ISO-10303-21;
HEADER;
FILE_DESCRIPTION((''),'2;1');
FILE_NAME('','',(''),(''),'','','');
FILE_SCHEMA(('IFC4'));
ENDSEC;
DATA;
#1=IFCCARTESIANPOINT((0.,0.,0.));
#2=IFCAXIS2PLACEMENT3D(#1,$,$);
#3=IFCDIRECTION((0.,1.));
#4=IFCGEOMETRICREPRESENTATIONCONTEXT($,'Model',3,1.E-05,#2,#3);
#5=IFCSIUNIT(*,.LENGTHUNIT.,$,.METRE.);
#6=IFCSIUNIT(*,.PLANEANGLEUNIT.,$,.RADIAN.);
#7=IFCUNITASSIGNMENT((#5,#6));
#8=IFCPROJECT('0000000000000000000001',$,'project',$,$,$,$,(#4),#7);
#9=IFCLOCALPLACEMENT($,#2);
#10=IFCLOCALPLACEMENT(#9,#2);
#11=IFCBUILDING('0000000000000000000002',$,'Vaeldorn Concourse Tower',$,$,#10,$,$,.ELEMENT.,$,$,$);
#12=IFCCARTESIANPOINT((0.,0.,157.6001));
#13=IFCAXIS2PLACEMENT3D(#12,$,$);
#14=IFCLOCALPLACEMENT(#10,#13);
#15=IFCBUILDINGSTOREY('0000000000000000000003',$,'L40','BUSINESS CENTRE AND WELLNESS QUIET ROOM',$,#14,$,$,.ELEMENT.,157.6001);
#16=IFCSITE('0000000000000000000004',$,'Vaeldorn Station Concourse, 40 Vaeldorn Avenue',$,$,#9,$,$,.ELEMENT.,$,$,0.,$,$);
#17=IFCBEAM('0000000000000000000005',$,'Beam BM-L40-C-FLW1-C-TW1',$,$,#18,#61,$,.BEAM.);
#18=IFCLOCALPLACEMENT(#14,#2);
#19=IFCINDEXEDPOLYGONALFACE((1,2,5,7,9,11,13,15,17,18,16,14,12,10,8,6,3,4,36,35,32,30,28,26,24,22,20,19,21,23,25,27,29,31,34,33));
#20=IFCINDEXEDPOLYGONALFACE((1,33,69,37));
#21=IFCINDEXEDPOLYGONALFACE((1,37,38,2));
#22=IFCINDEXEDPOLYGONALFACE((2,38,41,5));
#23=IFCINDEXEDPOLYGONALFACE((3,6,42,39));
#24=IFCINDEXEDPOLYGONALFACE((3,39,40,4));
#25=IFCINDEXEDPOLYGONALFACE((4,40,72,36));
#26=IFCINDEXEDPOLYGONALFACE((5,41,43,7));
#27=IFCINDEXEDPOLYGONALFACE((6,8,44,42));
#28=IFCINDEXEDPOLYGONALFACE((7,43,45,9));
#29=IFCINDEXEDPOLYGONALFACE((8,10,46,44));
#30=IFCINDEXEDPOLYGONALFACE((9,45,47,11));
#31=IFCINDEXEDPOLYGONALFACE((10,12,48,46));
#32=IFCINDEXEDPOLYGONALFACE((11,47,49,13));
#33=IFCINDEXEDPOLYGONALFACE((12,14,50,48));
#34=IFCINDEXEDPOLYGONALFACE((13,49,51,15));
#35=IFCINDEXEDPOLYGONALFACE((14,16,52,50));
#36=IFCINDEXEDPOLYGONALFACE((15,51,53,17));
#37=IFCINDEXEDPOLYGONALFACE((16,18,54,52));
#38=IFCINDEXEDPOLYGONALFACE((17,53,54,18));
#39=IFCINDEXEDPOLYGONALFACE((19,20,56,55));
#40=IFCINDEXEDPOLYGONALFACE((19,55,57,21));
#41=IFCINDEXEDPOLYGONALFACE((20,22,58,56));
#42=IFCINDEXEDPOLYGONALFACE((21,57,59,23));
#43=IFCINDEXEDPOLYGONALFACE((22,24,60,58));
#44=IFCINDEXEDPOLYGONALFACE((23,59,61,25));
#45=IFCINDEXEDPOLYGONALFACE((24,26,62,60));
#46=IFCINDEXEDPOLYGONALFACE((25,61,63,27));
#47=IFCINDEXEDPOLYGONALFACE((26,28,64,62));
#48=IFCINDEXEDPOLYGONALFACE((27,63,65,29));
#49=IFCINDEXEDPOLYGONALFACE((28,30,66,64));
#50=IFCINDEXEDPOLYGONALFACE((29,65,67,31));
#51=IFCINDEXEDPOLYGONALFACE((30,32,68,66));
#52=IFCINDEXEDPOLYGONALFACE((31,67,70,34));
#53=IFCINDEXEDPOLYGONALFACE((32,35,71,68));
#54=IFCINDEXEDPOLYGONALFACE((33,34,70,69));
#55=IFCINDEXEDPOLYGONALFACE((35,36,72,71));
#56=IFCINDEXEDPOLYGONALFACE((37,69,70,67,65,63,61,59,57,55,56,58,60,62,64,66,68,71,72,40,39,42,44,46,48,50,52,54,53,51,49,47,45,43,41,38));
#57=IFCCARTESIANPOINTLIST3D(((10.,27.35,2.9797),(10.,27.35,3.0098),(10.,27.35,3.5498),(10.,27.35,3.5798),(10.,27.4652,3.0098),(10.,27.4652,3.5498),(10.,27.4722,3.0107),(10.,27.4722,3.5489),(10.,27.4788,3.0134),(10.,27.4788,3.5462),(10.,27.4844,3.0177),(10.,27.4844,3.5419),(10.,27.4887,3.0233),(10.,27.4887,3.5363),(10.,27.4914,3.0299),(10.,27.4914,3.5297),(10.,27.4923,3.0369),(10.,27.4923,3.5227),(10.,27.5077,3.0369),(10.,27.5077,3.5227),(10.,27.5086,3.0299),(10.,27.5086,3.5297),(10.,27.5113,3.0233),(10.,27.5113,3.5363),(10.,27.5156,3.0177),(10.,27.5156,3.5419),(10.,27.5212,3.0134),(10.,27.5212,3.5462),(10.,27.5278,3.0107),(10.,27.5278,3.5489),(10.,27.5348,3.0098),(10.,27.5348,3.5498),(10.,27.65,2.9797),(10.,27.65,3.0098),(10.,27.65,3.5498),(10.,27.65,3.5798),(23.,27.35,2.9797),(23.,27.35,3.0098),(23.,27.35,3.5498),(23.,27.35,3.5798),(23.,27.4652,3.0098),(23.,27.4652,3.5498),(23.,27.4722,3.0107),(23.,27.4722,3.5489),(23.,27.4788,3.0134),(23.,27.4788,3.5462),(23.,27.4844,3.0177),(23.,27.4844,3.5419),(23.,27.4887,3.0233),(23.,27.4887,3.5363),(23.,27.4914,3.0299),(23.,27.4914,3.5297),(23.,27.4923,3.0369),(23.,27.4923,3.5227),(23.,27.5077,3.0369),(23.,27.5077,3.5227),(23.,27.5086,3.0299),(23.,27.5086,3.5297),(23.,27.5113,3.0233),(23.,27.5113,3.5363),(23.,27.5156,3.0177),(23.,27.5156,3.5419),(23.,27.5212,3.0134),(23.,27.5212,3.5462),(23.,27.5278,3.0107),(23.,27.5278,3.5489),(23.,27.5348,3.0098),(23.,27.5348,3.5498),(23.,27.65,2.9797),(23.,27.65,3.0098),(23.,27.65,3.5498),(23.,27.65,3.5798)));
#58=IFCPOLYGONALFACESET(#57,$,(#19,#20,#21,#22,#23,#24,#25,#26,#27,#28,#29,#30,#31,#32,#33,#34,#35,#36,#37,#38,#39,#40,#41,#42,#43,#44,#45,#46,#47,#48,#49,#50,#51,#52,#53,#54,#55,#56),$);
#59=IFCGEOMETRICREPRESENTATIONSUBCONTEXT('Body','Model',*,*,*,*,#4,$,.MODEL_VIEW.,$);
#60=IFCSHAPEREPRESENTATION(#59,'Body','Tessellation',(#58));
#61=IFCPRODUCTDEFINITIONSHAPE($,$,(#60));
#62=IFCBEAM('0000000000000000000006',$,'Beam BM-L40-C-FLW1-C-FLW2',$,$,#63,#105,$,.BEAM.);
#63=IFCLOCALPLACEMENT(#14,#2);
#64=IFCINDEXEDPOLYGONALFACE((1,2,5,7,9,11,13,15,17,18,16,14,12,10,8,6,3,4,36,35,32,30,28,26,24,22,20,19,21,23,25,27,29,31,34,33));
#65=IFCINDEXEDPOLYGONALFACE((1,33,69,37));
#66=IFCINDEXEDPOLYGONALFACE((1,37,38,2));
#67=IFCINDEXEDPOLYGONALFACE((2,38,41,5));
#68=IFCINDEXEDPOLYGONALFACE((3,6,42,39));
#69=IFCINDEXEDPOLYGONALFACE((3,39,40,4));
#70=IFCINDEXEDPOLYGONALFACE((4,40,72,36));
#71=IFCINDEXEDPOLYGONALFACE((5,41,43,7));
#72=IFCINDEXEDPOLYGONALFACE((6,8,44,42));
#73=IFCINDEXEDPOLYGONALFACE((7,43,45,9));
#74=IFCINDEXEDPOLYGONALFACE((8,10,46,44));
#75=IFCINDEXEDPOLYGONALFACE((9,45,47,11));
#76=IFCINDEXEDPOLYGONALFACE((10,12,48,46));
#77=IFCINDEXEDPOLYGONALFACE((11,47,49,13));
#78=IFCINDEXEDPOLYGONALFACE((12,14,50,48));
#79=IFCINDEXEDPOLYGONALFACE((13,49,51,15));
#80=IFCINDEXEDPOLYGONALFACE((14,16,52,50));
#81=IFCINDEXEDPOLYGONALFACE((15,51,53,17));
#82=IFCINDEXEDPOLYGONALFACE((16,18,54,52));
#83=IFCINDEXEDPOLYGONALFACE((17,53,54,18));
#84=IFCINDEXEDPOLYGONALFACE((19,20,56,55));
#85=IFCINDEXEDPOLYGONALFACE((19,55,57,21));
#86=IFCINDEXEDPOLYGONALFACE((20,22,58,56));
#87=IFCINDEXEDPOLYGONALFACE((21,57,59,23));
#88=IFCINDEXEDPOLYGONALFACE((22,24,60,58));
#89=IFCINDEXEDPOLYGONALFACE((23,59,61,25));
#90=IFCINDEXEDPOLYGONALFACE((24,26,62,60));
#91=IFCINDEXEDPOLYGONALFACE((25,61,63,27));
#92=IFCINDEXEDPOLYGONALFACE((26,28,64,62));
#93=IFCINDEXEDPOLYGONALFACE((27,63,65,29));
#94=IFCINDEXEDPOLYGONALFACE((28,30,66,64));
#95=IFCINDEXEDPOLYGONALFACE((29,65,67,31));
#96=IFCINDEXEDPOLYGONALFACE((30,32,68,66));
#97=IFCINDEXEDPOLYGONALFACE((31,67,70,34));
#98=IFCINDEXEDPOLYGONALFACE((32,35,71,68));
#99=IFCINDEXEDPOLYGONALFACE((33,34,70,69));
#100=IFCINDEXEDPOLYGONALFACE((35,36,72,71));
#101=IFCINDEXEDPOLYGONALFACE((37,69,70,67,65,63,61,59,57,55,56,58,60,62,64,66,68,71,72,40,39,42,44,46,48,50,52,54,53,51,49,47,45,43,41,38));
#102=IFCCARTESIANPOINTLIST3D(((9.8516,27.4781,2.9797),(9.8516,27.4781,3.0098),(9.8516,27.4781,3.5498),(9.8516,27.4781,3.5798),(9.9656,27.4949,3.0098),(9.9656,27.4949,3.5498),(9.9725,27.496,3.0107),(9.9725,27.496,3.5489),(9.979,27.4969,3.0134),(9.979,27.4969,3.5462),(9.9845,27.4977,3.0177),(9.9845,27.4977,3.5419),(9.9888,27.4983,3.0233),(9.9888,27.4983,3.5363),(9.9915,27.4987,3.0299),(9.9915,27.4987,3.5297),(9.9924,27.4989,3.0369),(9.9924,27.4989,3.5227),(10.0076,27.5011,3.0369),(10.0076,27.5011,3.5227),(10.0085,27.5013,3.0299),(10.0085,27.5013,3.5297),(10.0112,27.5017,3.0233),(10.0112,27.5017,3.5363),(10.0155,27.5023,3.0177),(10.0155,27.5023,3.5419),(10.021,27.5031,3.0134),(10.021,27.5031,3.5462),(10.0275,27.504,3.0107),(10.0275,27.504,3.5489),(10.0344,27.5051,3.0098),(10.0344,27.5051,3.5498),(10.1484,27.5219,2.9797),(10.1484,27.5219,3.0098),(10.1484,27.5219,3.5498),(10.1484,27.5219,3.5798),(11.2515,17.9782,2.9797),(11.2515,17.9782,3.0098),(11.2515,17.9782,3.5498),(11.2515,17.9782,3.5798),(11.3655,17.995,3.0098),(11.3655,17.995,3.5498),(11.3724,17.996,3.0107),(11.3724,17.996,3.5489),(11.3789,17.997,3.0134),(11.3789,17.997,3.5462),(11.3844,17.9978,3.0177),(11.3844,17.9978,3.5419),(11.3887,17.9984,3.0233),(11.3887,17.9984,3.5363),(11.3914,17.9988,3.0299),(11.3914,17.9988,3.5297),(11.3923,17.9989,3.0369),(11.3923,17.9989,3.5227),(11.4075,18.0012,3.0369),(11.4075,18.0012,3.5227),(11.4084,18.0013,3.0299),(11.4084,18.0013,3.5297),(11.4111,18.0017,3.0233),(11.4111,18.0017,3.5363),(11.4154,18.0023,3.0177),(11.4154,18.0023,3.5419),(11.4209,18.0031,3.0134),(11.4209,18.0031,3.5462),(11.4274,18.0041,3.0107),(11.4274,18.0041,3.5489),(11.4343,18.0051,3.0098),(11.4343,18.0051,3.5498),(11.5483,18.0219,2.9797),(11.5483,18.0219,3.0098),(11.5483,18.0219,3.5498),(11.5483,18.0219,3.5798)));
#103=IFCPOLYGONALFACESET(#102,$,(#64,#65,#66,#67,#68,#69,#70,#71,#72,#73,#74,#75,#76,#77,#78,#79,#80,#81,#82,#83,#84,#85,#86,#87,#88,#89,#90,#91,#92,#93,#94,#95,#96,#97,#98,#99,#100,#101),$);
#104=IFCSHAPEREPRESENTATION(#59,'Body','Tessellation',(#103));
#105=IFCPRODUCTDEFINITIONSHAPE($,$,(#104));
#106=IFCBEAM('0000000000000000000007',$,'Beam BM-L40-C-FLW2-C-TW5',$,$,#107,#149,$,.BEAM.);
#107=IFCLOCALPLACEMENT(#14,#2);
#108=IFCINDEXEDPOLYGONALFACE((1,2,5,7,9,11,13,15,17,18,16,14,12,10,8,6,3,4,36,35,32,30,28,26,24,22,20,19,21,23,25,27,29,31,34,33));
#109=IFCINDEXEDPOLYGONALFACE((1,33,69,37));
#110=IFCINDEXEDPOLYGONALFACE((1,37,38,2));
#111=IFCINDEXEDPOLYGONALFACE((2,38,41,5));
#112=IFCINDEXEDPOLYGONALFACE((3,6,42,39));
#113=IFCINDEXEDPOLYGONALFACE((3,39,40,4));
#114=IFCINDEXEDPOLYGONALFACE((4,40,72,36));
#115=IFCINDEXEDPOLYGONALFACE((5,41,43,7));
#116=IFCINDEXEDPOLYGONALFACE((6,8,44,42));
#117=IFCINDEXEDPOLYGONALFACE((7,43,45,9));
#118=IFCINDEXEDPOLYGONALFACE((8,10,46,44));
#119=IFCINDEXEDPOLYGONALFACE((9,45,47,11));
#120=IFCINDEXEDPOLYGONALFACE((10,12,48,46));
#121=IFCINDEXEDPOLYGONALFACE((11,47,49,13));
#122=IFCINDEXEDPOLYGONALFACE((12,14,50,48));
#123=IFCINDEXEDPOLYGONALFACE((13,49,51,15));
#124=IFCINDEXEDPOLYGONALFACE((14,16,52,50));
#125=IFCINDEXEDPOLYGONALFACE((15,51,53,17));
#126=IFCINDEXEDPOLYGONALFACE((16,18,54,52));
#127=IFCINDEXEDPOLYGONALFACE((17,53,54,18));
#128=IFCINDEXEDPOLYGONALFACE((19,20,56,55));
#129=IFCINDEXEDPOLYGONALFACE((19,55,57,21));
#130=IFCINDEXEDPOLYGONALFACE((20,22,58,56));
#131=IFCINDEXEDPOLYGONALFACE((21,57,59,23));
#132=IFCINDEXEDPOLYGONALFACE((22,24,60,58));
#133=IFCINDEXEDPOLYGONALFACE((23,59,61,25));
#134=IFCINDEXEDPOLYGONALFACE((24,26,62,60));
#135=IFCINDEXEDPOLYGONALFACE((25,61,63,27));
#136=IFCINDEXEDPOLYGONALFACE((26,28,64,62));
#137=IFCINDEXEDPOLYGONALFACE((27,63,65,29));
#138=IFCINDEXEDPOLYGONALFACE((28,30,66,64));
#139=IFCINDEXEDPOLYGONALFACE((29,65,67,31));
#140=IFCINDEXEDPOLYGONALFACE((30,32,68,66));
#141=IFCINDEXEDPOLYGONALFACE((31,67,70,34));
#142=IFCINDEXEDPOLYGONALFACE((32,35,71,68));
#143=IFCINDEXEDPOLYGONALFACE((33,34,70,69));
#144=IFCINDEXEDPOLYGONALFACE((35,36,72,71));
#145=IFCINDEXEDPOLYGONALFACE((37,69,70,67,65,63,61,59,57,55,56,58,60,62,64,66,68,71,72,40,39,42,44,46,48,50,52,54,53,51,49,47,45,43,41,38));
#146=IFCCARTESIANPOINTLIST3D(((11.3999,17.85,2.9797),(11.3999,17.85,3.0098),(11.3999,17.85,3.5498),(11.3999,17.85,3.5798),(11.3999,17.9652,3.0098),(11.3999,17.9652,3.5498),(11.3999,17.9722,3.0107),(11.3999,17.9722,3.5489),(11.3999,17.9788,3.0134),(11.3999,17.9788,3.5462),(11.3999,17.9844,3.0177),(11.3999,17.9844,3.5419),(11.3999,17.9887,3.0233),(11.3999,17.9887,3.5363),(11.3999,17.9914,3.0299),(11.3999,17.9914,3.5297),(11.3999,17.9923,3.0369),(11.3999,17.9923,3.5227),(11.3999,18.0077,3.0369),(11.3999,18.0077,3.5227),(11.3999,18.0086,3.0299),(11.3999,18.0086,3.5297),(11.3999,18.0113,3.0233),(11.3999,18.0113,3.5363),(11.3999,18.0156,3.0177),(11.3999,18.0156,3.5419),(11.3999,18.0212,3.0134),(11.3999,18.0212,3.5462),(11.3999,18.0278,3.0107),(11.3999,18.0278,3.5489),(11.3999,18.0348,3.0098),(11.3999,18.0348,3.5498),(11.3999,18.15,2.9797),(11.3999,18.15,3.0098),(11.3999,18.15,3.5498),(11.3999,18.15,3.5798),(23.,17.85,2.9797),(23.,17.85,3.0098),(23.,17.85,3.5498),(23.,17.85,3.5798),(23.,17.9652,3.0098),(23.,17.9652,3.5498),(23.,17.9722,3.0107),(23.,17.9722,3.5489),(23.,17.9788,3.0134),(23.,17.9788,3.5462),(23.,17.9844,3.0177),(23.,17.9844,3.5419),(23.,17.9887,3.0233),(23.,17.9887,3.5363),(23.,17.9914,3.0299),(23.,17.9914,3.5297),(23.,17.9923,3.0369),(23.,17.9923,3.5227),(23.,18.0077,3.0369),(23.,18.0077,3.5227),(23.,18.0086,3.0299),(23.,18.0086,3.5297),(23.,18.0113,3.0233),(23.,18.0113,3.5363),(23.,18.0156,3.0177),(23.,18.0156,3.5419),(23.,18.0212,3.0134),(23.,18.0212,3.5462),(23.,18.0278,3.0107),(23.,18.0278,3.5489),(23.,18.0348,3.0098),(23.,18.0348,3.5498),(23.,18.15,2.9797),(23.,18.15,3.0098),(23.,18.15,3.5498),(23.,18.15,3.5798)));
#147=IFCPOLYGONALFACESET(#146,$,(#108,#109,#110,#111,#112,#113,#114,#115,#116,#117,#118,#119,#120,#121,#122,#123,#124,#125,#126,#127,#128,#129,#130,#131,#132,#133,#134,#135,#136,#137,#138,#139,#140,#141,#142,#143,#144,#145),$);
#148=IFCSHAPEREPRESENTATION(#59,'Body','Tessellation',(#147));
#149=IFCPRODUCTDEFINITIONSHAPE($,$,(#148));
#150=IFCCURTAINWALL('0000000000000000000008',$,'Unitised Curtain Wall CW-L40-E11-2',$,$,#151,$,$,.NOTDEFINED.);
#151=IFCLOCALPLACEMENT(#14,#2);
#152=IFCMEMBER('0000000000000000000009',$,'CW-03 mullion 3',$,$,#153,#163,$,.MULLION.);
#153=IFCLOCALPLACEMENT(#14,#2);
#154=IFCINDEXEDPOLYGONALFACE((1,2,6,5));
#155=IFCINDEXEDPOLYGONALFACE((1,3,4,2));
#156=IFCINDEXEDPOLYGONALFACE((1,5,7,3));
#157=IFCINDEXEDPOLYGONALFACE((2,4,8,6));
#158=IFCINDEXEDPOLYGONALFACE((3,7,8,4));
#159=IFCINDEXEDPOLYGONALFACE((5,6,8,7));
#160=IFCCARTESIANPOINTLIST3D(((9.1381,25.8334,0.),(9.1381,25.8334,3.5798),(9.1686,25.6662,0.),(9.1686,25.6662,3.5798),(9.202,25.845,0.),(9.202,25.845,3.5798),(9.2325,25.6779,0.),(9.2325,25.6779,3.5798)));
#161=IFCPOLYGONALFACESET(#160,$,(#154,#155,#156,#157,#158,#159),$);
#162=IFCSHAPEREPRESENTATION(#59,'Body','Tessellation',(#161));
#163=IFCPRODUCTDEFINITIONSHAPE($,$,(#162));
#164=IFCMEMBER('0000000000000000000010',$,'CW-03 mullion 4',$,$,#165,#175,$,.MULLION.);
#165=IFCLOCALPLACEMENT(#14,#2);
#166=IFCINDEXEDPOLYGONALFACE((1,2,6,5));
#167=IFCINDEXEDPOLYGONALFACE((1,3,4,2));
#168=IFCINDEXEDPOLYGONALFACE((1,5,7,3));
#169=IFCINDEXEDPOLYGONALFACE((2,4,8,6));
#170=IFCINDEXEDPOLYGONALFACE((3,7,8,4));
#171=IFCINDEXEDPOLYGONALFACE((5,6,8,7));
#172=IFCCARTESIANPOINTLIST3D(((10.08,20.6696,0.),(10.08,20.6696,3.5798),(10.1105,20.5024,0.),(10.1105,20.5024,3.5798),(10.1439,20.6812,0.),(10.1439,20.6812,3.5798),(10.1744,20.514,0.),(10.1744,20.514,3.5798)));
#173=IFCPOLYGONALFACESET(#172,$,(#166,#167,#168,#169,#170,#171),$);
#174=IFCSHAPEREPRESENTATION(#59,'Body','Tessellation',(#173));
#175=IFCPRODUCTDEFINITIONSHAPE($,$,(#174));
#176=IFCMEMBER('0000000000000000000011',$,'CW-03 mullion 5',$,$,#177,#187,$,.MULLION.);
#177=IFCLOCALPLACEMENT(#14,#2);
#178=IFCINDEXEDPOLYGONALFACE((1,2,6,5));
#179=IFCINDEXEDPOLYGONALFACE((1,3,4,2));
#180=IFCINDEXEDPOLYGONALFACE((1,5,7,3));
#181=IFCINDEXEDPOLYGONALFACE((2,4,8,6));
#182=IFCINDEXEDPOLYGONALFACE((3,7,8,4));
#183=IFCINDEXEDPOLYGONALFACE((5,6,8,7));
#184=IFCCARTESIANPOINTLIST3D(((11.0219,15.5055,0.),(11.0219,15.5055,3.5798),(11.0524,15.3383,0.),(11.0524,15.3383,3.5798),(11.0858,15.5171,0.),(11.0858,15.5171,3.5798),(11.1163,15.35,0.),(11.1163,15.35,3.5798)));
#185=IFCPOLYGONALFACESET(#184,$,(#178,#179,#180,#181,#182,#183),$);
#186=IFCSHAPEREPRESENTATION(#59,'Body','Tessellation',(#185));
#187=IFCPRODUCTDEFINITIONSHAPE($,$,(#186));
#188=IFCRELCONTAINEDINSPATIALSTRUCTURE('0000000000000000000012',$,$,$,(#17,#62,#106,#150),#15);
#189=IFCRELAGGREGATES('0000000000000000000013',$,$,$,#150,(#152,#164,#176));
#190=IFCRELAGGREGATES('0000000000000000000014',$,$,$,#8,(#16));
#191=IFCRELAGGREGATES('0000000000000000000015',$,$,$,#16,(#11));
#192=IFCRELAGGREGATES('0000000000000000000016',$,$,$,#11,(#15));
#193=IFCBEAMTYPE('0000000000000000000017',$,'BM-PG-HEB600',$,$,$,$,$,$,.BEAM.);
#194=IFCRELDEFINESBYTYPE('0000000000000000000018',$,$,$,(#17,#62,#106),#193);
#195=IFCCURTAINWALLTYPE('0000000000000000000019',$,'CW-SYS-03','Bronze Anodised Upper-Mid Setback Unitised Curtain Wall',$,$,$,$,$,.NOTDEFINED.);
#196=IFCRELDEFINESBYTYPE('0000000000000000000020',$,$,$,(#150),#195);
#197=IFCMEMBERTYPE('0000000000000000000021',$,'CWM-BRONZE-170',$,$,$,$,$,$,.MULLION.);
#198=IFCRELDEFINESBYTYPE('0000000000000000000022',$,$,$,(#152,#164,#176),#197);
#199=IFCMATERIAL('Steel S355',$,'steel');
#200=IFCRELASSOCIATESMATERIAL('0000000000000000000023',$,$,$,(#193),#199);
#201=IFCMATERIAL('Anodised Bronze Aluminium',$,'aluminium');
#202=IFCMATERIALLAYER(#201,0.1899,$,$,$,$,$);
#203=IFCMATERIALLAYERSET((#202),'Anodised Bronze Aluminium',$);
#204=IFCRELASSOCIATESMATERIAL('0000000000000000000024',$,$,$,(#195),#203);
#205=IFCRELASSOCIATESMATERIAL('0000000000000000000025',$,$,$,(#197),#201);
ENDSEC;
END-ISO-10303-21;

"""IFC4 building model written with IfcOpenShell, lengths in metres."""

from ifc_helpers import new_model, si_unit, direction, frame, origin, origin_2d, place, context, subcontext, project, spatial, rectangle, i_section, extrude, source, transform, mapped, material, layer, layer_set, material_profile, profile_set, type_object, element, aggregate, save


model = new_model("IFC4")

# Units and contexts
model_context = context("Model", 3, precision=1e-05, world=origin(), true_north=direction((0.0, 1.0)))
body_context = subcontext(model_context, "Body", "Model", "MODEL_VIEW")
ifc_project = project(units=[si_unit("LENGTHUNIT", "METRE"), si_unit("PLANEANGLEUNIT", "RADIAN")], contexts=[model_context])

# Site, building, storey
site_placement = place(None, origin())
site = spatial("IfcSite", under=ifc_project, at=site_placement, Name="Vaeldorn Station Concourse, 40 Vaeldorn Avenue", CompositionType="ELEMENT", RefElevation=0.0)
building_placement = place(site_placement, origin())
building = spatial("IfcBuilding", under=site, at=building_placement, Name="Vaeldorn Concourse Tower", CompositionType="ELEMENT")
storey_placement = place(building_placement, frame((0.0, 0.0, 157.6001)))
storey = spatial("IfcBuildingStorey", under=building, at=storey_placement, Name="L40", Description="BUSINESS CENTRE AND WELLNESS QUIET ROOM", CompositionType="ELEMENT", Elevation=157.6001)

# Beams
ifc_material_1 = material(Name="Steel S355", Category="steel")
ifc_material_profile_1 = material_profile(ifc_material_1, i_section(OverallWidth=0.3, OverallDepth=0.6001, WebThickness=0.0154, FlangeThickness=0.03, FilletRadius=0.0271, at=origin_2d()), Name="HEB 600")
ifc_profile_set_1 = profile_set([ifc_material_profile_1], Name="Steel S355")
beam_type_1 = type_object("IfcBeamType", Name="BM-PG-HEB600", PredefinedType="BEAM", material=ifc_profile_set_1)
shared_shape_1 = source(origin(), body_context, "Body", "SweptSolid", [
    extrude(i_section(OverallWidth=0.3, OverallDepth=0.6001, WebThickness=0.0154, FlangeThickness=0.03, FilletRadius=0.0271, at=origin_2d()), origin(), (0.0, 0.0, 1.0), 13.0),
])
beam_1_placement = place(storey_placement, frame((10.0, 27.5, 3.2798), z_axis=(1.0, 0.0, 0.0), x_axis=(0.0, 1.0, 0.0)))
element("IfcBeam", 1, at=beam_1_placement, inside=storey, type_object=beam_type_1, Name="Beam BM-L40-C-FLW1-C-TW1", PredefinedType="BEAM", context=body_context, shape_type="MappedRepresentation", body=[
    mapped(shared_shape_1, transform((0.0, 0.0, 0.0), scale=1.0)),
])
shared_shape_2 = source(origin(), body_context, "Body", "SweptSolid", [
    extrude(i_section(OverallWidth=0.3, OverallDepth=0.6001, WebThickness=0.0154, FlangeThickness=0.03, FilletRadius=0.0271, at=origin_2d()), origin(), (0.0, 0.0, 1.0), 9.6025),
])
beam_2_placement = place(storey_placement, frame((10.0, 27.5, 3.2798), z_axis=(0.145784, -0.989316, 0.0), x_axis=(0.989316, 0.145784, 0.0)))
element("IfcBeam", 2, at=beam_2_placement, inside=storey, type_object=beam_type_1, Name="Beam BM-L40-C-FLW1-C-FLW2", PredefinedType="BEAM", context=body_context, shape_type="MappedRepresentation", body=[
    mapped(shared_shape_2, transform((0.0, 0.0, 0.0), scale=1.0)),
])
shared_shape_3 = source(origin(), body_context, "Body", "SweptSolid", [
    extrude(i_section(OverallWidth=0.3, OverallDepth=0.6001, WebThickness=0.0154, FlangeThickness=0.03, FilletRadius=0.0271, at=origin_2d()), origin(), (0.0, 0.0, 1.0), 11.6001),
])
beam_3_placement = place(storey_placement, frame((11.3999, 18.0, 3.2798), z_axis=(1.0, 0.0, 0.0), x_axis=(0.0, 1.0, 0.0)))
element("IfcBeam", 3, at=beam_3_placement, inside=storey, type_object=beam_type_1, Name="Beam BM-L40-C-FLW2-C-TW5", PredefinedType="BEAM", context=body_context, shape_type="MappedRepresentation", body=[
    mapped(shared_shape_3, transform((0.0, 0.0, 0.0), scale=1.0)),
])

# Curtain wall, members
ifc_material_2 = material(Name="Anodised Bronze Aluminium", Category="aluminium")
ifc_layer_1 = layer(ifc_material_2, 0.1899)
ifc_layer_set_1 = layer_set([ifc_layer_1], Name="Anodised Bronze Aluminium")
curtain_wall_type = type_object("IfcCurtainWallType", Name="CW-SYS-03", Description="Bronze Anodised Upper-Mid Setback Unitised Curtain Wall", PredefinedType="NOTDEFINED", material=ifc_layer_set_1)
curtain_wall_placement = place(storey_placement, origin())
curtain_wall = element("IfcCurtainWall", 4, at=curtain_wall_placement, inside=storey, type_object=curtain_wall_type, Name="Unitised Curtain Wall CW-L40-E11-2", PredefinedType="NOTDEFINED")
ifc_material_profile_2 = material_profile(ifc_material_2, rectangle(XDim=0.0649, YDim=0.1699, at=origin_2d()), Name="CWM 65x170")
ifc_profile_set_2 = profile_set([ifc_material_profile_2], Name="Anodised Bronze Aluminium")
member_type_1 = type_object("IfcMemberType", Name="CWM-BRONZE-170", PredefinedType="MULLION", material=ifc_profile_set_2)
shared_shape_4 = source(origin(), body_context, "Body", "SweptSolid", [
    extrude(rectangle(XDim=0.0649, YDim=0.1699, at=origin_2d()), origin(), (0.0, 0.0, 1.0), 3.5798),
])
member_1_placement = place(storey_placement, frame((9.1853, 25.7556, 0.0), z_axis=(0.0, 0.0, 1.0), x_axis=(0.983768, 0.179446, 0.0)))
member_1 = element("IfcMember", 5, at=member_1_placement, type_object=member_type_1, Name="CW-03 mullion 3", PredefinedType="MULLION", context=body_context, shape_type="MappedRepresentation", body=[
    mapped(shared_shape_4, transform((0.0, 0.0, 0.0), scale=1.0)),
])
member_2_placement = place(storey_placement, frame((10.1272, 20.5918, 0.0), z_axis=(0.0, 0.0, 1.0), x_axis=(0.983768, 0.179446, 0.0)))
member_2 = element("IfcMember", 6, at=member_2_placement, type_object=member_type_1, Name="CW-03 mullion 4", PredefinedType="MULLION", context=body_context, shape_type="MappedRepresentation", body=[
    mapped(shared_shape_4, transform((0.0, 0.0, 0.0), scale=1.0)),
])
member_3_placement = place(storey_placement, frame((11.0691, 15.4277, 0.0), z_axis=(0.0, 0.0, 1.0), x_axis=(0.983768, 0.179446, 0.0)))
member_3 = element("IfcMember", 7, at=member_3_placement, type_object=member_type_1, Name="CW-03 mullion 5", PredefinedType="MULLION", context=body_context, shape_type="MappedRepresentation", body=[
    mapped(shared_shape_4, transform((0.0, 0.0, 0.0), scale=1.0)),
])
aggregate(curtain_wall, [member_1, member_2, member_3])

save(model, "model.ifc")
